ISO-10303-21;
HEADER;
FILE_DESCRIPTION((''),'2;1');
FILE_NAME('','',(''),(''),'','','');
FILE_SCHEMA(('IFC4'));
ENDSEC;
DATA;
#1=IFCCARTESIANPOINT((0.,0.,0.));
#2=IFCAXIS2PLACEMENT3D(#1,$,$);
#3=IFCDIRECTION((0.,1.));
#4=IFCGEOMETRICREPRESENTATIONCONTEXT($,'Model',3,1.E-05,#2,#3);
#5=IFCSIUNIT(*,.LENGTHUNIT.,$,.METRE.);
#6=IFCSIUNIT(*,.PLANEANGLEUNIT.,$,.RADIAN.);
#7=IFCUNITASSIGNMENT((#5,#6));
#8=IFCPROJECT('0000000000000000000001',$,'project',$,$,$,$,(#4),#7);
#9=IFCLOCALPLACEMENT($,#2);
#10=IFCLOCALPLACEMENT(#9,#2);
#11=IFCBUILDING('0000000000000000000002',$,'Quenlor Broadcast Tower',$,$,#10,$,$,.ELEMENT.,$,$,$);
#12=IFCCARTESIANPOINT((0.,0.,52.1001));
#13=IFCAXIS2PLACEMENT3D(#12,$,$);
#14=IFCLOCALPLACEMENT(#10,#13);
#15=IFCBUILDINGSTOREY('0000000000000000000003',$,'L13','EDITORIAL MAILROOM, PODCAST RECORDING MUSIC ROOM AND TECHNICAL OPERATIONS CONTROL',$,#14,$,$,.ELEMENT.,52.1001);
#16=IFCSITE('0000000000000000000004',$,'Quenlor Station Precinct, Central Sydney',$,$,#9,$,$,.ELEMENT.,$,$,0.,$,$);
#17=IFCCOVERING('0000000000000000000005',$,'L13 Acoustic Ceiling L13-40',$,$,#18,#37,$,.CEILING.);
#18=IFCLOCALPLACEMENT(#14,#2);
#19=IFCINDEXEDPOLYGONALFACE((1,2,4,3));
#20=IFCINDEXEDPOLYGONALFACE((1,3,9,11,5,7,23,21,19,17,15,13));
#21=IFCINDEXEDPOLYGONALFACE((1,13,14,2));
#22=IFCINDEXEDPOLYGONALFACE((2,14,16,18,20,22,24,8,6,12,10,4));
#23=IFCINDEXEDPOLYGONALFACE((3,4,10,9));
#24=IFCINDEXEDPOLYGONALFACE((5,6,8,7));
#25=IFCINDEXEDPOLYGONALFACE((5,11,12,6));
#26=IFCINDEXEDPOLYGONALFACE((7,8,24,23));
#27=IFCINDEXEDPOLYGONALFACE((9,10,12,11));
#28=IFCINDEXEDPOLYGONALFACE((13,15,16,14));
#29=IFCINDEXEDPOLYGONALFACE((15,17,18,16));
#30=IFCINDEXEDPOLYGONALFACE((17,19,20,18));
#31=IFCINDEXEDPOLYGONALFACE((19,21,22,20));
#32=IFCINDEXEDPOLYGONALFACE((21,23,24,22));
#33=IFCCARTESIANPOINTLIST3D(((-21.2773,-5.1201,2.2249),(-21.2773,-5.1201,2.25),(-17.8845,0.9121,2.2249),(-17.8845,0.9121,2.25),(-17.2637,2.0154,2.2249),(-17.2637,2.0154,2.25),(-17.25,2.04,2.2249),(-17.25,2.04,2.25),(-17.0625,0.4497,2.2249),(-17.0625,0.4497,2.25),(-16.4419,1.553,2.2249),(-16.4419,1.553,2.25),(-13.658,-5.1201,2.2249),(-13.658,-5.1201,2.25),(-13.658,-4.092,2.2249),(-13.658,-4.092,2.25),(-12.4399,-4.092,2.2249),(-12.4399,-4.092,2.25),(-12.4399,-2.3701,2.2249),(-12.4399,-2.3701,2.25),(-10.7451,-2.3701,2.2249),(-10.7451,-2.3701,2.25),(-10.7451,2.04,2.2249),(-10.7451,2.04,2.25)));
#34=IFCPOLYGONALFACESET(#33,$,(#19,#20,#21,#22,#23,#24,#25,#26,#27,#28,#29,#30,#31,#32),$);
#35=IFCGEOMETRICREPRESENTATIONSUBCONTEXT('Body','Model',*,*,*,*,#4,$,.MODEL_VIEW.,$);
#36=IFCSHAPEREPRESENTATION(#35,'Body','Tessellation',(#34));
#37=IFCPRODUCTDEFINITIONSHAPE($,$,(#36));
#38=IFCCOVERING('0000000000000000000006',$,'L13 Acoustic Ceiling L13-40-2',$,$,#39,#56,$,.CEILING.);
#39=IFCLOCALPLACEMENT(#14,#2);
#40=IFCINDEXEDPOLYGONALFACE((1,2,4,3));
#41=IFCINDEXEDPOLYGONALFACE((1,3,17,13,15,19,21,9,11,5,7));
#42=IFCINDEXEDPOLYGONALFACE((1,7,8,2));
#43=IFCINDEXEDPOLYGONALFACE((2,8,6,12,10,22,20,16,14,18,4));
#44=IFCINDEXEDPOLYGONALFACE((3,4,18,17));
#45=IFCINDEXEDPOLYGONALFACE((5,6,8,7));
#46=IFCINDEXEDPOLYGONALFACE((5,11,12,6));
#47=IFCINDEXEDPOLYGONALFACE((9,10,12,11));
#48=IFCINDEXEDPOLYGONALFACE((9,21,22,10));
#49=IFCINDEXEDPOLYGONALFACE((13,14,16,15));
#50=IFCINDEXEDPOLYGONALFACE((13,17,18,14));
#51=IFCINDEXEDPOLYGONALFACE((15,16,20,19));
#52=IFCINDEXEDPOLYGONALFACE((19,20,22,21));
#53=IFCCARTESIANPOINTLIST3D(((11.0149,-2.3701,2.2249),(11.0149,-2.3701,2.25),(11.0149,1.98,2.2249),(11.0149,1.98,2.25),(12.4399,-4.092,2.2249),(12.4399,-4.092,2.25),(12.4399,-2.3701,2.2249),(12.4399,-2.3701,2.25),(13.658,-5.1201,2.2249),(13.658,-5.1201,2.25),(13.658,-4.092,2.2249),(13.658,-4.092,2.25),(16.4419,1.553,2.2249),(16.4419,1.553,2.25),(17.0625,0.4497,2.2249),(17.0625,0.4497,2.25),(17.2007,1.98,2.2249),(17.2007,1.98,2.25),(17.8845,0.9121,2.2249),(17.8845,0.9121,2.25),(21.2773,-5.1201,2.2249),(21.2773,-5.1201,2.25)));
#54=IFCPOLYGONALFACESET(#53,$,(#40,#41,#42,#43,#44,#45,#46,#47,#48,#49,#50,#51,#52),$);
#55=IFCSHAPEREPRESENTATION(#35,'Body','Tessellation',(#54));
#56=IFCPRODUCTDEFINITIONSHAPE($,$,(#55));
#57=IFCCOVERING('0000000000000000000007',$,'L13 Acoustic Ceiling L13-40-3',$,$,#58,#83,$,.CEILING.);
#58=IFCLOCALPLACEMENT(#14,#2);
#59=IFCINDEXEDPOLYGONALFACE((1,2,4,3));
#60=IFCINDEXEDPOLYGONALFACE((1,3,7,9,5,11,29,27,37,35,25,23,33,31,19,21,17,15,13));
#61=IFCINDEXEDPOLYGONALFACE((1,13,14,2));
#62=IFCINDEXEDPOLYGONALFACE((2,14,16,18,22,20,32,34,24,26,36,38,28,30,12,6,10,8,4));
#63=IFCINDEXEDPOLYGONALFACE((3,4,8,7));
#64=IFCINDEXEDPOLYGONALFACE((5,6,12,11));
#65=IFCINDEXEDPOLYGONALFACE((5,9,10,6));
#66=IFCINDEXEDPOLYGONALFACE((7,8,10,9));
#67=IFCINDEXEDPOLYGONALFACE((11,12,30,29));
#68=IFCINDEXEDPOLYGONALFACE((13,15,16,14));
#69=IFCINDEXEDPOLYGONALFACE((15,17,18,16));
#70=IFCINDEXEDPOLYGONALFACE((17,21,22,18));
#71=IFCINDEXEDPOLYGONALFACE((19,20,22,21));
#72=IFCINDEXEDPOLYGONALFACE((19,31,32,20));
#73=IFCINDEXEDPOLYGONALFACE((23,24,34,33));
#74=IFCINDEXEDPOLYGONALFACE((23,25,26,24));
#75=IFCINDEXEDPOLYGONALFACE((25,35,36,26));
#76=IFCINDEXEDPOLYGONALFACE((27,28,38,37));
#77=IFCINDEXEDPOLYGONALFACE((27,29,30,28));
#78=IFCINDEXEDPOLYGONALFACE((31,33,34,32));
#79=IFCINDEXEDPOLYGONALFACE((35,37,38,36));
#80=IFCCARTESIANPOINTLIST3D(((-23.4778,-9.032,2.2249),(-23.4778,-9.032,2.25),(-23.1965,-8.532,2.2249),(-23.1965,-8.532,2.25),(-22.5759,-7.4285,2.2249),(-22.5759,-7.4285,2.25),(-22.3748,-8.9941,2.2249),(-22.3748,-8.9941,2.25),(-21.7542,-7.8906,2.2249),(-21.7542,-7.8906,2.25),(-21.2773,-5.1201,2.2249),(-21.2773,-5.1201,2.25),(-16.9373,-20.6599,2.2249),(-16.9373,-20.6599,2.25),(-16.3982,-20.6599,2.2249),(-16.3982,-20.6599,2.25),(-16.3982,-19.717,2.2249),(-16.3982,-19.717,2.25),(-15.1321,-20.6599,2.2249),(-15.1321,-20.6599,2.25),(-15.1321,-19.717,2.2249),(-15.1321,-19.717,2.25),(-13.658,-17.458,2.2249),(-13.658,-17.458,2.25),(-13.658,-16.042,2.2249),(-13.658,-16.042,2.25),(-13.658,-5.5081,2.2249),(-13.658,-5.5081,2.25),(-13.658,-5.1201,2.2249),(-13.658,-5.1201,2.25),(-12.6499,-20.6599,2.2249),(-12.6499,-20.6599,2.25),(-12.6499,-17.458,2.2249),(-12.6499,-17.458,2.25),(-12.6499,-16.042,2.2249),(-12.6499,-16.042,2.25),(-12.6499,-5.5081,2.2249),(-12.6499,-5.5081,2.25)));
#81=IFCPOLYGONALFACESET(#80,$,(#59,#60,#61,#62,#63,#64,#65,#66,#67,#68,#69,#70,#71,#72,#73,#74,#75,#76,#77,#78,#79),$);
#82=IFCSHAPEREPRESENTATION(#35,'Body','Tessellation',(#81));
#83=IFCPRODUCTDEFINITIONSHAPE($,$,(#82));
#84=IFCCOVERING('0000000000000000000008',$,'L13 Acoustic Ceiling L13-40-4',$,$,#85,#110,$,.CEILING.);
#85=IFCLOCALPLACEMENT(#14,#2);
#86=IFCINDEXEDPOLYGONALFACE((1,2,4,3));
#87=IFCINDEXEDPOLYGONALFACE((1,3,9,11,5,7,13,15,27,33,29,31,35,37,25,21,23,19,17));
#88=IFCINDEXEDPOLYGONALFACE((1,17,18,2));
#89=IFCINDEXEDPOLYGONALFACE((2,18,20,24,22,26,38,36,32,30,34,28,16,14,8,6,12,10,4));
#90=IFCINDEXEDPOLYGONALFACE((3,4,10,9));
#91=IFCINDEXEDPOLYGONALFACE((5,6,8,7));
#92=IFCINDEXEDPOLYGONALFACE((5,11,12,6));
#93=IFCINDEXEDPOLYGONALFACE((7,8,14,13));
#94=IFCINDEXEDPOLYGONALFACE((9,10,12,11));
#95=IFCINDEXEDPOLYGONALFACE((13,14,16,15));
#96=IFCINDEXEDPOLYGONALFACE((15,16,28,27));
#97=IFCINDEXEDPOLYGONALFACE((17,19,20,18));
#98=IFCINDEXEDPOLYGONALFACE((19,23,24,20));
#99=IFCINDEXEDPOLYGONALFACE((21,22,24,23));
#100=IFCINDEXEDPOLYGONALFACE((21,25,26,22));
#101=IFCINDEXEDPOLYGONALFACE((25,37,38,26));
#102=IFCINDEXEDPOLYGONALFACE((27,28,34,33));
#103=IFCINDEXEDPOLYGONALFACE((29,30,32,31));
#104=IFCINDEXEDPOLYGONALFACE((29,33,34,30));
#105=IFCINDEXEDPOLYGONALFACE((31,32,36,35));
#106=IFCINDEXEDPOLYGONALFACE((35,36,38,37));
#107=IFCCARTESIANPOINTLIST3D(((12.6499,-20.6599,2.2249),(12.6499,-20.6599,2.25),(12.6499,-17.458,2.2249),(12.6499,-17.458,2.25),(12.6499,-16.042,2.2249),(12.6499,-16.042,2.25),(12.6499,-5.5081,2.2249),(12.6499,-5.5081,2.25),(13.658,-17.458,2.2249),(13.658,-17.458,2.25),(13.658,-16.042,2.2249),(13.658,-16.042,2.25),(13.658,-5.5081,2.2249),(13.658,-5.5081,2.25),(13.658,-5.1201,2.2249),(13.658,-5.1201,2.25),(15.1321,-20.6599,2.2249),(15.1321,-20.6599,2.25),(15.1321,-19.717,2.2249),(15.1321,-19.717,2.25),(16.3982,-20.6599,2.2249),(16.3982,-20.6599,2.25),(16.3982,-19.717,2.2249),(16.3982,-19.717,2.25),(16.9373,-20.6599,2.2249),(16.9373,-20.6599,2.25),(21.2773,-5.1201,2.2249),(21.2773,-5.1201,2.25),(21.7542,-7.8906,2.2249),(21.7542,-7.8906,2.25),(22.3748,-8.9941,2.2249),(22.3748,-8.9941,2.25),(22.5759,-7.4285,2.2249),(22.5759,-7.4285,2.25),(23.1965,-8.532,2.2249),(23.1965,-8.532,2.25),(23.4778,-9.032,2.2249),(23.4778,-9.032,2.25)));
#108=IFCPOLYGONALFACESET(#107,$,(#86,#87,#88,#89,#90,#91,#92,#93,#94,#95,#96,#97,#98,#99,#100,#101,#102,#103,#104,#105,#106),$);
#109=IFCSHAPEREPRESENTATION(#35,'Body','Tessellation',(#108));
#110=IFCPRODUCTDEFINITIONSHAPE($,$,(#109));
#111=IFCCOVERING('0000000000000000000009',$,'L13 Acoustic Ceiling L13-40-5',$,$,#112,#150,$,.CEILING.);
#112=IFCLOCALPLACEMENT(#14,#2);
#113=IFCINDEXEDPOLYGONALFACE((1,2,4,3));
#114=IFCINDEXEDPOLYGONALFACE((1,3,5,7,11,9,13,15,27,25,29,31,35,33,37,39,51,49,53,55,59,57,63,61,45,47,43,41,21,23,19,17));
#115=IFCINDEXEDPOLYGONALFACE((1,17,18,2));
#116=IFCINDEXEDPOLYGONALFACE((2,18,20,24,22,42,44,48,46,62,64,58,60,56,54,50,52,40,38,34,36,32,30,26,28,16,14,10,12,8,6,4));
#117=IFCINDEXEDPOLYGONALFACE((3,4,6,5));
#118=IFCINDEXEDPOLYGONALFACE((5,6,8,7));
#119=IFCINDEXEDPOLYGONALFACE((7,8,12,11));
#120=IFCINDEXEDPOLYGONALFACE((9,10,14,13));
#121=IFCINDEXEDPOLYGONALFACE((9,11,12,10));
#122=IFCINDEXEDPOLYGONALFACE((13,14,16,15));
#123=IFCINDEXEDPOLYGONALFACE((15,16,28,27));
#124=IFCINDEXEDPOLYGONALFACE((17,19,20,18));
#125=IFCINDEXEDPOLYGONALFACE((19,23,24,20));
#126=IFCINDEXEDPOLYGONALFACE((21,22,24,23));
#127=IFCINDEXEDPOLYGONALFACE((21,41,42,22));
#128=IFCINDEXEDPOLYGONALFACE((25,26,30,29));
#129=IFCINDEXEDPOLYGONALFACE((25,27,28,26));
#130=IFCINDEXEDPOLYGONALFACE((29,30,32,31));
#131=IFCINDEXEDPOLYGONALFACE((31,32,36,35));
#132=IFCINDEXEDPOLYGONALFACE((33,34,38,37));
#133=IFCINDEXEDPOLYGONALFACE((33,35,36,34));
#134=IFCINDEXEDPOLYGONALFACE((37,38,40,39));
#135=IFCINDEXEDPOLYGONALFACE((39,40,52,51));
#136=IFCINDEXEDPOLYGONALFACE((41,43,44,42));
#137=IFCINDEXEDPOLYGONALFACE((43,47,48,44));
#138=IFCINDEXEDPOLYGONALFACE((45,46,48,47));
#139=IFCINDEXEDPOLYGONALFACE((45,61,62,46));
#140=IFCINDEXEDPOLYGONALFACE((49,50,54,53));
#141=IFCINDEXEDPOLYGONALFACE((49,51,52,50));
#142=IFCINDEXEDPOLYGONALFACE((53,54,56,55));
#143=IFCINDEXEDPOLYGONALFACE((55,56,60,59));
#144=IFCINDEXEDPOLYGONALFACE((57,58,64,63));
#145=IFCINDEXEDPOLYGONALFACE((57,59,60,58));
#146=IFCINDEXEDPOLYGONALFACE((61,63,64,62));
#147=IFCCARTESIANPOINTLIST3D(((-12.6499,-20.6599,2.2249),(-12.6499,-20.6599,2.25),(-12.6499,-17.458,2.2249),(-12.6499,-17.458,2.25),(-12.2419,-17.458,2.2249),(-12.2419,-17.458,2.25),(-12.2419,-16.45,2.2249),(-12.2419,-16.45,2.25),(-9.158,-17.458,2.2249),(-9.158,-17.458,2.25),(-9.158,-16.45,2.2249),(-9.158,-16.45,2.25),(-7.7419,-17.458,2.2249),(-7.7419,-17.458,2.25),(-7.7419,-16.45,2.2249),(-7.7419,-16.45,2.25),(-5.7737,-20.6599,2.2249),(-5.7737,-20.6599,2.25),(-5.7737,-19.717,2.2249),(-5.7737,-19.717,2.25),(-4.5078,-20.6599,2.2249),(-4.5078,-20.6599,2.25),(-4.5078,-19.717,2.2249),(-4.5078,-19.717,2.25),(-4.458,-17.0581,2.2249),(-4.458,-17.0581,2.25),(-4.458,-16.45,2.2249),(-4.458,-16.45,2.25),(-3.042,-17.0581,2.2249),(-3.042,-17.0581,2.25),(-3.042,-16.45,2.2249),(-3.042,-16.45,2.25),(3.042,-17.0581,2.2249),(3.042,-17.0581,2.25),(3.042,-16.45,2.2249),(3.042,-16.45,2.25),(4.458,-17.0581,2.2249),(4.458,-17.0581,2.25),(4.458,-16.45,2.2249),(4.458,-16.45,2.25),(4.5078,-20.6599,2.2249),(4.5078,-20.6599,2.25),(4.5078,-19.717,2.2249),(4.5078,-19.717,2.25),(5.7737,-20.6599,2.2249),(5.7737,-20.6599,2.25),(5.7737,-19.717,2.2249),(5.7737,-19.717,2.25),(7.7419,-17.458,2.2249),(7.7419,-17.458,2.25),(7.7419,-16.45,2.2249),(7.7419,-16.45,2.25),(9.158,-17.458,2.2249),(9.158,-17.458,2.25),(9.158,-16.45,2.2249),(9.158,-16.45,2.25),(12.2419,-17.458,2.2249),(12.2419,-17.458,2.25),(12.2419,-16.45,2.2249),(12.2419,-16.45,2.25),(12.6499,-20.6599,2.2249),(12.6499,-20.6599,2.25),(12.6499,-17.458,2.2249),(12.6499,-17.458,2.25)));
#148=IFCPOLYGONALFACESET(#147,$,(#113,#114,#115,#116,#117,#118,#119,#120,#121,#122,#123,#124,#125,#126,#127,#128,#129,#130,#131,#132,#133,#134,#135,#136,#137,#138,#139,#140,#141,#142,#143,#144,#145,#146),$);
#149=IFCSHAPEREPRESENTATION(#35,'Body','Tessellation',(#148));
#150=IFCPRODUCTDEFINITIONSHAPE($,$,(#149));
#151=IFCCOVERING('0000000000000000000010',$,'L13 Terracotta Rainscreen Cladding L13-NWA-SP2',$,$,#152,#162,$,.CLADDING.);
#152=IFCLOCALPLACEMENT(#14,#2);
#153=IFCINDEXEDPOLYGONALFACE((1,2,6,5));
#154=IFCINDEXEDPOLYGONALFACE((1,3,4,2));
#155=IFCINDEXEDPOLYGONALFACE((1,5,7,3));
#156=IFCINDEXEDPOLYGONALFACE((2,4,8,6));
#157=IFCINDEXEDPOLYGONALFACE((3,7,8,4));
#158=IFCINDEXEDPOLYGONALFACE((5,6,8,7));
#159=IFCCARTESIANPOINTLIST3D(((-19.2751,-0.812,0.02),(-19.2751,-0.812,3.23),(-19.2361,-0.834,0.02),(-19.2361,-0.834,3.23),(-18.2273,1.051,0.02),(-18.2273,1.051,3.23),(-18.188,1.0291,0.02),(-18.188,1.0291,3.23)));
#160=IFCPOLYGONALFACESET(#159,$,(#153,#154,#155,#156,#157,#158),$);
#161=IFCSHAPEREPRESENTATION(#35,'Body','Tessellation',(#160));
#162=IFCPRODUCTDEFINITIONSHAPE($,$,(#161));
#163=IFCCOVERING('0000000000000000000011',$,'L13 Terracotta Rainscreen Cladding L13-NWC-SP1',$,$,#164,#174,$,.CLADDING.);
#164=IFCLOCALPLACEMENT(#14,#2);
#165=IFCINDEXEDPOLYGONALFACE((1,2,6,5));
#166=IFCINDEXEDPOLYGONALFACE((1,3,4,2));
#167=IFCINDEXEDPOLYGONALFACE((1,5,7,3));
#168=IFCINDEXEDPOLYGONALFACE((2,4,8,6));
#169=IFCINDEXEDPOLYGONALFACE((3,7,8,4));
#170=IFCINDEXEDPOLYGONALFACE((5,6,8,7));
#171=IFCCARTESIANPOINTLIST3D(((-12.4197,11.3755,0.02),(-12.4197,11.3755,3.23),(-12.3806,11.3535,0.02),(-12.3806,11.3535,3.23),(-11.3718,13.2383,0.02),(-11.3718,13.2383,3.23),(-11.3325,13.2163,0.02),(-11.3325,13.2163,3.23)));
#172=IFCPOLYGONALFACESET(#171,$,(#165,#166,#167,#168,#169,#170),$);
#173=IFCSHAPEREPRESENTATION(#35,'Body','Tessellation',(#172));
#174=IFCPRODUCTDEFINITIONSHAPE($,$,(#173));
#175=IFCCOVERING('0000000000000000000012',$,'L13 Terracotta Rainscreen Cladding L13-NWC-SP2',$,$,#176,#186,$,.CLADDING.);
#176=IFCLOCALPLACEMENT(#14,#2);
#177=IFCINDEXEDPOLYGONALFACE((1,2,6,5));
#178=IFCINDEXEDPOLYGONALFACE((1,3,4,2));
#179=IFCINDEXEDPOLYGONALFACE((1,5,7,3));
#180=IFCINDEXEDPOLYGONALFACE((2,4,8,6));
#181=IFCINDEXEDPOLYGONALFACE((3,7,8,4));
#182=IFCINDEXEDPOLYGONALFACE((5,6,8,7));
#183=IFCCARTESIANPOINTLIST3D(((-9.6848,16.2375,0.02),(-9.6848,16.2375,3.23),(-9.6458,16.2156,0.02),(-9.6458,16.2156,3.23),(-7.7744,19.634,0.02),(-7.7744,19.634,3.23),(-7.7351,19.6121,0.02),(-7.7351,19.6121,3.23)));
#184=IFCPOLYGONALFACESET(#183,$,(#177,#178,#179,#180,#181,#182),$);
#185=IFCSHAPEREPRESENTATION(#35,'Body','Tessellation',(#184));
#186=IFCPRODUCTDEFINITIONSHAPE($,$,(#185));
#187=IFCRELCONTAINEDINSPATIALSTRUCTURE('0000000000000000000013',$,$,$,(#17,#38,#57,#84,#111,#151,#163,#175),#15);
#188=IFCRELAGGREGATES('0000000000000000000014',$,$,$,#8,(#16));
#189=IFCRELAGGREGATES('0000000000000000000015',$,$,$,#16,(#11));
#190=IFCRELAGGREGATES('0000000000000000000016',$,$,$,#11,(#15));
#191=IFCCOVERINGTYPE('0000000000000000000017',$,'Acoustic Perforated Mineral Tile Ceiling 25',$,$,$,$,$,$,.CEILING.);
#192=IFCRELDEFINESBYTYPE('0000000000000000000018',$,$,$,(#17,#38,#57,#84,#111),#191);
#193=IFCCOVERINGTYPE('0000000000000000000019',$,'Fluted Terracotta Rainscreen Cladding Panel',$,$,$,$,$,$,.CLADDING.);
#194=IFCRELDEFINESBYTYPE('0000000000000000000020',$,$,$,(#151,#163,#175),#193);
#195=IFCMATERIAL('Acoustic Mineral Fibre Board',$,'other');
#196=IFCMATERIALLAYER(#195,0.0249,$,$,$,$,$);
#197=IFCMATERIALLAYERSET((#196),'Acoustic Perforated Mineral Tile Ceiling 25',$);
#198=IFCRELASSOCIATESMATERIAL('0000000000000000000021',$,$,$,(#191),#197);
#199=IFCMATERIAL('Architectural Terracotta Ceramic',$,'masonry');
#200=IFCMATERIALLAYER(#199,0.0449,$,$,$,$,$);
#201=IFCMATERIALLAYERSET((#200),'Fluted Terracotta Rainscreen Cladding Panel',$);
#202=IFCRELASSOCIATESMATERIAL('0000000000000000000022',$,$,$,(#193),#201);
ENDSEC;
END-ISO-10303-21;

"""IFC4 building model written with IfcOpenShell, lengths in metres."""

from ifc_helpers import new_model, si_unit, direction, frame, origin, place, context, subcontext, project, spatial, polyline, outline, extrude, material, layer, layer_set, type_object, element, save


model = new_model("IFC4")

# Units and contexts
model_context = context("Model", 3, precision=1e-05, world=origin(), true_north=direction((0.0, 1.0)))
body_context = subcontext(model_context, "Body", "Model", "MODEL_VIEW")
ifc_project = project(units=[si_unit("LENGTHUNIT", "METRE"), si_unit("PLANEANGLEUNIT", "RADIAN")], contexts=[model_context])

# Site, building, storey
site_placement = place(None, origin())
site = spatial("IfcSite", under=ifc_project, at=site_placement, Name="Quenlor Station Precinct, Central Sydney", CompositionType="ELEMENT", RefElevation=0.0)
building_placement = place(site_placement, origin())
building = spatial("IfcBuilding", under=site, at=building_placement, Name="Quenlor Broadcast Tower", CompositionType="ELEMENT")
storey_placement = place(building_placement, frame((0.0, 0.0, 52.1001)))
storey = spatial("IfcBuildingStorey", under=building, at=storey_placement, Name="L13", Description="EDITORIAL MAILROOM, PODCAST RECORDING MUSIC ROOM AND TECHNICAL OPERATIONS CONTROL", CompositionType="ELEMENT", Elevation=52.1001)

# Coverings
ifc_material_1 = material(Name="Acoustic Mineral Fibre Board", Category="other")
ifc_layer_1 = layer(ifc_material_1, 0.0249)
ifc_layer_set_1 = layer_set([ifc_layer_1], Name="Acoustic Perforated Mineral Tile Ceiling 25")
covering_type_1 = type_object("IfcCoveringType", Name="Acoustic Perforated Mineral Tile Ceiling 25", PredefinedType="CEILING", material=ifc_layer_set_1)
covering_1_placement = place(storey_placement, frame((0.0, 0.0, 2.2249)))
element("IfcCovering", 1, at=covering_1_placement, inside=storey, type_object=covering_type_1, Name="L13 Acoustic Ceiling L13-40", PredefinedType="CEILING", context=body_context, shape_type="SweptSolid", body=[
    extrude(outline(polyline([(-17.8845, 0.9121), (-17.0625, 0.4497), (-16.4419, 1.553), (-17.2637, 2.0154), (-17.25, 2.04), (-10.7451, 2.04), (-10.7451, -2.3701), (-12.4399, -2.3701), (-12.4399, -4.092), (-13.658, -4.092), (-13.658, -5.1201), (-21.2773, -5.1201), (-17.8845, 0.9121)])), origin(), (0.0, 0.0, 1.0), 0.0251),
])
covering_2_placement = place(storey_placement, frame((0.0, 0.0, 2.2249)))
element("IfcCovering", 2, at=covering_2_placement, inside=storey, type_object=covering_type_1, Name="L13 Acoustic Ceiling L13-40-2", PredefinedType="CEILING", context=body_context, shape_type="SweptSolid", body=[
    extrude(outline(polyline([(13.658, -4.092), (12.4399, -4.092), (12.4399, -2.3701), (11.0149, -2.3701), (11.0149, 1.98), (17.2007, 1.98), (16.4419, 1.553), (17.0625, 0.4497), (17.8845, 0.9121), (21.2773, -5.1201), (13.658, -5.1201), (13.658, -4.092)])), origin(), (0.0, 0.0, 1.0), 0.0251),
])
covering_3_placement = place(storey_placement, frame((0.0, 0.0, 2.2249)))
element("IfcCovering", 3, at=covering_3_placement, inside=storey, type_object=covering_type_1, Name="L13 Acoustic Ceiling L13-40-3", PredefinedType="CEILING", context=body_context, shape_type="SweptSolid", body=[
    extrude(outline(polyline([(-21.7542, -7.8906), (-22.5759, -7.4285), (-21.2773, -5.1201), (-13.658, -5.1201), (-13.658, -5.5081), (-12.6499, -5.5081), (-12.6499, -16.042), (-13.658, -16.042), (-13.658, -17.458), (-12.6499, -17.458), (-12.6499, -20.6599), (-15.1321, -20.6599), (-15.1321, -19.717), (-16.3982, -19.717), (-16.3982, -20.6599), (-16.9373, -20.6599), (-23.4778, -9.032), (-23.1965, -8.532), (-22.3748, -8.9941), (-21.7542, -7.8906)])), origin(), (0.0, 0.0, 1.0), 0.0251),
])
covering_4_placement = place(storey_placement, frame((0.0, 0.0, 2.2249)))
element("IfcCovering", 4, at=covering_4_placement, inside=storey, type_object=covering_type_1, Name="L13 Acoustic Ceiling L13-40-4", PredefinedType="CEILING", context=body_context, shape_type="SweptSolid", body=[
    extrude(outline(polyline([(13.658, -17.458), (13.658, -16.042), (12.6499, -16.042), (12.6499, -5.5081), (13.658, -5.5081), (13.658, -5.1201), (21.2773, -5.1201), (22.5759, -7.4285), (21.7542, -7.8906), (22.3748, -8.9941), (23.1965, -8.532), (23.4778, -9.032), (16.9373, -20.6599), (16.3982, -20.6599), (16.3982, -19.717), (15.1321, -19.717), (15.1321, -20.6599), (12.6499, -20.6599), (12.6499, -17.458), (13.658, -17.458)])), origin(), (0.0, 0.0, 1.0), 0.0251),
])
covering_5_placement = place(storey_placement, frame((0.0, 0.0, 2.2249)))
element("IfcCovering", 5, at=covering_5_placement, inside=storey, type_object=covering_type_1, Name="L13 Acoustic Ceiling L13-40-5", PredefinedType="CEILING", context=body_context, shape_type="SweptSolid", body=[
    extrude(outline(polyline([(-12.2419, -17.458), (-12.2419, -16.45), (-9.158, -16.45), (-9.158, -17.458), (-7.7419, -17.458), (-7.7419, -16.45), (-4.458, -16.45), (-4.458, -17.0581), (-3.042, -17.0581), (-3.042, -16.45), (3.042, -16.45), (3.042, -17.0581), (4.458, -17.0581), (4.458, -16.45), (7.7419, -16.45), (7.7419, -17.458), (9.158, -17.458), (9.158, -16.45), (12.2419, -16.45), (12.2419, -17.458), (12.6499, -17.458), (12.6499, -20.6599), (5.7737, -20.6599), (5.7737, -19.717), (4.5078, -19.717), (4.5078, -20.6599), (-4.5078, -20.6599), (-4.5078, -19.717), (-5.7737, -19.717), (-5.7737, -20.6599), (-12.6499, -20.6599), (-12.6499, -17.458), (-12.2419, -17.458)])), origin(), (0.0, 0.0, 1.0), 0.0251),
])
ifc_material_2 = material(Name="Architectural Terracotta Ceramic", Category="masonry")
ifc_layer_2 = layer(ifc_material_2, 0.0449)
ifc_layer_set_2 = layer_set([ifc_layer_2], Name="Fluted Terracotta Rainscreen Cladding Panel")
covering_type_2 = type_object("IfcCoveringType", Name="Fluted Terracotta Rainscreen Cladding Panel", PredefinedType="CLADDING", material=ifc_layer_set_2)
covering_6_placement = place(storey_placement, frame((0.0, 0.0, 0.02)))
element("IfcCovering", 6, at=covering_6_placement, inside=storey, type_object=covering_type_2, Name="L13 Terracotta Rainscreen Cladding L13-NWA-SP2", PredefinedType="CLADDING", context=body_context, shape_type="SweptSolid", body=[
    extrude(outline(polyline([(-19.2361, -0.834), (-18.188, 1.0291), (-18.2273, 1.051), (-19.2751, -0.812), (-19.2361, -0.834)])), origin(), (0.0, 0.0, 1.0), 3.21),
])
covering_7_placement = place(storey_placement, frame((0.0, 0.0, 0.02)))
element("IfcCovering", 7, at=covering_7_placement, inside=storey, type_object=covering_type_2, Name="L13 Terracotta Rainscreen Cladding L13-NWC-SP1", PredefinedType="CLADDING", context=body_context, shape_type="SweptSolid", body=[
    extrude(outline(polyline([(-12.3806, 11.3535), (-11.3325, 13.2163), (-11.3718, 13.2383), (-12.4197, 11.3755), (-12.3806, 11.3535)])), origin(), (0.0, 0.0, 1.0), 3.21),
])
covering_8_placement = place(storey_placement, frame((0.0, 0.0, 0.02)))
element("IfcCovering", 8, at=covering_8_placement, inside=storey, type_object=covering_type_2, Name="L13 Terracotta Rainscreen Cladding L13-NWC-SP2", PredefinedType="CLADDING", context=body_context, shape_type="SweptSolid", body=[
    extrude(outline(polyline([(-9.6458, 16.2156), (-7.7351, 19.6121), (-7.7744, 19.634), (-9.6848, 16.2375), (-9.6458, 16.2156)])), origin(), (0.0, 0.0, 1.0), 3.21),
])

save(model, "model.ifc")
